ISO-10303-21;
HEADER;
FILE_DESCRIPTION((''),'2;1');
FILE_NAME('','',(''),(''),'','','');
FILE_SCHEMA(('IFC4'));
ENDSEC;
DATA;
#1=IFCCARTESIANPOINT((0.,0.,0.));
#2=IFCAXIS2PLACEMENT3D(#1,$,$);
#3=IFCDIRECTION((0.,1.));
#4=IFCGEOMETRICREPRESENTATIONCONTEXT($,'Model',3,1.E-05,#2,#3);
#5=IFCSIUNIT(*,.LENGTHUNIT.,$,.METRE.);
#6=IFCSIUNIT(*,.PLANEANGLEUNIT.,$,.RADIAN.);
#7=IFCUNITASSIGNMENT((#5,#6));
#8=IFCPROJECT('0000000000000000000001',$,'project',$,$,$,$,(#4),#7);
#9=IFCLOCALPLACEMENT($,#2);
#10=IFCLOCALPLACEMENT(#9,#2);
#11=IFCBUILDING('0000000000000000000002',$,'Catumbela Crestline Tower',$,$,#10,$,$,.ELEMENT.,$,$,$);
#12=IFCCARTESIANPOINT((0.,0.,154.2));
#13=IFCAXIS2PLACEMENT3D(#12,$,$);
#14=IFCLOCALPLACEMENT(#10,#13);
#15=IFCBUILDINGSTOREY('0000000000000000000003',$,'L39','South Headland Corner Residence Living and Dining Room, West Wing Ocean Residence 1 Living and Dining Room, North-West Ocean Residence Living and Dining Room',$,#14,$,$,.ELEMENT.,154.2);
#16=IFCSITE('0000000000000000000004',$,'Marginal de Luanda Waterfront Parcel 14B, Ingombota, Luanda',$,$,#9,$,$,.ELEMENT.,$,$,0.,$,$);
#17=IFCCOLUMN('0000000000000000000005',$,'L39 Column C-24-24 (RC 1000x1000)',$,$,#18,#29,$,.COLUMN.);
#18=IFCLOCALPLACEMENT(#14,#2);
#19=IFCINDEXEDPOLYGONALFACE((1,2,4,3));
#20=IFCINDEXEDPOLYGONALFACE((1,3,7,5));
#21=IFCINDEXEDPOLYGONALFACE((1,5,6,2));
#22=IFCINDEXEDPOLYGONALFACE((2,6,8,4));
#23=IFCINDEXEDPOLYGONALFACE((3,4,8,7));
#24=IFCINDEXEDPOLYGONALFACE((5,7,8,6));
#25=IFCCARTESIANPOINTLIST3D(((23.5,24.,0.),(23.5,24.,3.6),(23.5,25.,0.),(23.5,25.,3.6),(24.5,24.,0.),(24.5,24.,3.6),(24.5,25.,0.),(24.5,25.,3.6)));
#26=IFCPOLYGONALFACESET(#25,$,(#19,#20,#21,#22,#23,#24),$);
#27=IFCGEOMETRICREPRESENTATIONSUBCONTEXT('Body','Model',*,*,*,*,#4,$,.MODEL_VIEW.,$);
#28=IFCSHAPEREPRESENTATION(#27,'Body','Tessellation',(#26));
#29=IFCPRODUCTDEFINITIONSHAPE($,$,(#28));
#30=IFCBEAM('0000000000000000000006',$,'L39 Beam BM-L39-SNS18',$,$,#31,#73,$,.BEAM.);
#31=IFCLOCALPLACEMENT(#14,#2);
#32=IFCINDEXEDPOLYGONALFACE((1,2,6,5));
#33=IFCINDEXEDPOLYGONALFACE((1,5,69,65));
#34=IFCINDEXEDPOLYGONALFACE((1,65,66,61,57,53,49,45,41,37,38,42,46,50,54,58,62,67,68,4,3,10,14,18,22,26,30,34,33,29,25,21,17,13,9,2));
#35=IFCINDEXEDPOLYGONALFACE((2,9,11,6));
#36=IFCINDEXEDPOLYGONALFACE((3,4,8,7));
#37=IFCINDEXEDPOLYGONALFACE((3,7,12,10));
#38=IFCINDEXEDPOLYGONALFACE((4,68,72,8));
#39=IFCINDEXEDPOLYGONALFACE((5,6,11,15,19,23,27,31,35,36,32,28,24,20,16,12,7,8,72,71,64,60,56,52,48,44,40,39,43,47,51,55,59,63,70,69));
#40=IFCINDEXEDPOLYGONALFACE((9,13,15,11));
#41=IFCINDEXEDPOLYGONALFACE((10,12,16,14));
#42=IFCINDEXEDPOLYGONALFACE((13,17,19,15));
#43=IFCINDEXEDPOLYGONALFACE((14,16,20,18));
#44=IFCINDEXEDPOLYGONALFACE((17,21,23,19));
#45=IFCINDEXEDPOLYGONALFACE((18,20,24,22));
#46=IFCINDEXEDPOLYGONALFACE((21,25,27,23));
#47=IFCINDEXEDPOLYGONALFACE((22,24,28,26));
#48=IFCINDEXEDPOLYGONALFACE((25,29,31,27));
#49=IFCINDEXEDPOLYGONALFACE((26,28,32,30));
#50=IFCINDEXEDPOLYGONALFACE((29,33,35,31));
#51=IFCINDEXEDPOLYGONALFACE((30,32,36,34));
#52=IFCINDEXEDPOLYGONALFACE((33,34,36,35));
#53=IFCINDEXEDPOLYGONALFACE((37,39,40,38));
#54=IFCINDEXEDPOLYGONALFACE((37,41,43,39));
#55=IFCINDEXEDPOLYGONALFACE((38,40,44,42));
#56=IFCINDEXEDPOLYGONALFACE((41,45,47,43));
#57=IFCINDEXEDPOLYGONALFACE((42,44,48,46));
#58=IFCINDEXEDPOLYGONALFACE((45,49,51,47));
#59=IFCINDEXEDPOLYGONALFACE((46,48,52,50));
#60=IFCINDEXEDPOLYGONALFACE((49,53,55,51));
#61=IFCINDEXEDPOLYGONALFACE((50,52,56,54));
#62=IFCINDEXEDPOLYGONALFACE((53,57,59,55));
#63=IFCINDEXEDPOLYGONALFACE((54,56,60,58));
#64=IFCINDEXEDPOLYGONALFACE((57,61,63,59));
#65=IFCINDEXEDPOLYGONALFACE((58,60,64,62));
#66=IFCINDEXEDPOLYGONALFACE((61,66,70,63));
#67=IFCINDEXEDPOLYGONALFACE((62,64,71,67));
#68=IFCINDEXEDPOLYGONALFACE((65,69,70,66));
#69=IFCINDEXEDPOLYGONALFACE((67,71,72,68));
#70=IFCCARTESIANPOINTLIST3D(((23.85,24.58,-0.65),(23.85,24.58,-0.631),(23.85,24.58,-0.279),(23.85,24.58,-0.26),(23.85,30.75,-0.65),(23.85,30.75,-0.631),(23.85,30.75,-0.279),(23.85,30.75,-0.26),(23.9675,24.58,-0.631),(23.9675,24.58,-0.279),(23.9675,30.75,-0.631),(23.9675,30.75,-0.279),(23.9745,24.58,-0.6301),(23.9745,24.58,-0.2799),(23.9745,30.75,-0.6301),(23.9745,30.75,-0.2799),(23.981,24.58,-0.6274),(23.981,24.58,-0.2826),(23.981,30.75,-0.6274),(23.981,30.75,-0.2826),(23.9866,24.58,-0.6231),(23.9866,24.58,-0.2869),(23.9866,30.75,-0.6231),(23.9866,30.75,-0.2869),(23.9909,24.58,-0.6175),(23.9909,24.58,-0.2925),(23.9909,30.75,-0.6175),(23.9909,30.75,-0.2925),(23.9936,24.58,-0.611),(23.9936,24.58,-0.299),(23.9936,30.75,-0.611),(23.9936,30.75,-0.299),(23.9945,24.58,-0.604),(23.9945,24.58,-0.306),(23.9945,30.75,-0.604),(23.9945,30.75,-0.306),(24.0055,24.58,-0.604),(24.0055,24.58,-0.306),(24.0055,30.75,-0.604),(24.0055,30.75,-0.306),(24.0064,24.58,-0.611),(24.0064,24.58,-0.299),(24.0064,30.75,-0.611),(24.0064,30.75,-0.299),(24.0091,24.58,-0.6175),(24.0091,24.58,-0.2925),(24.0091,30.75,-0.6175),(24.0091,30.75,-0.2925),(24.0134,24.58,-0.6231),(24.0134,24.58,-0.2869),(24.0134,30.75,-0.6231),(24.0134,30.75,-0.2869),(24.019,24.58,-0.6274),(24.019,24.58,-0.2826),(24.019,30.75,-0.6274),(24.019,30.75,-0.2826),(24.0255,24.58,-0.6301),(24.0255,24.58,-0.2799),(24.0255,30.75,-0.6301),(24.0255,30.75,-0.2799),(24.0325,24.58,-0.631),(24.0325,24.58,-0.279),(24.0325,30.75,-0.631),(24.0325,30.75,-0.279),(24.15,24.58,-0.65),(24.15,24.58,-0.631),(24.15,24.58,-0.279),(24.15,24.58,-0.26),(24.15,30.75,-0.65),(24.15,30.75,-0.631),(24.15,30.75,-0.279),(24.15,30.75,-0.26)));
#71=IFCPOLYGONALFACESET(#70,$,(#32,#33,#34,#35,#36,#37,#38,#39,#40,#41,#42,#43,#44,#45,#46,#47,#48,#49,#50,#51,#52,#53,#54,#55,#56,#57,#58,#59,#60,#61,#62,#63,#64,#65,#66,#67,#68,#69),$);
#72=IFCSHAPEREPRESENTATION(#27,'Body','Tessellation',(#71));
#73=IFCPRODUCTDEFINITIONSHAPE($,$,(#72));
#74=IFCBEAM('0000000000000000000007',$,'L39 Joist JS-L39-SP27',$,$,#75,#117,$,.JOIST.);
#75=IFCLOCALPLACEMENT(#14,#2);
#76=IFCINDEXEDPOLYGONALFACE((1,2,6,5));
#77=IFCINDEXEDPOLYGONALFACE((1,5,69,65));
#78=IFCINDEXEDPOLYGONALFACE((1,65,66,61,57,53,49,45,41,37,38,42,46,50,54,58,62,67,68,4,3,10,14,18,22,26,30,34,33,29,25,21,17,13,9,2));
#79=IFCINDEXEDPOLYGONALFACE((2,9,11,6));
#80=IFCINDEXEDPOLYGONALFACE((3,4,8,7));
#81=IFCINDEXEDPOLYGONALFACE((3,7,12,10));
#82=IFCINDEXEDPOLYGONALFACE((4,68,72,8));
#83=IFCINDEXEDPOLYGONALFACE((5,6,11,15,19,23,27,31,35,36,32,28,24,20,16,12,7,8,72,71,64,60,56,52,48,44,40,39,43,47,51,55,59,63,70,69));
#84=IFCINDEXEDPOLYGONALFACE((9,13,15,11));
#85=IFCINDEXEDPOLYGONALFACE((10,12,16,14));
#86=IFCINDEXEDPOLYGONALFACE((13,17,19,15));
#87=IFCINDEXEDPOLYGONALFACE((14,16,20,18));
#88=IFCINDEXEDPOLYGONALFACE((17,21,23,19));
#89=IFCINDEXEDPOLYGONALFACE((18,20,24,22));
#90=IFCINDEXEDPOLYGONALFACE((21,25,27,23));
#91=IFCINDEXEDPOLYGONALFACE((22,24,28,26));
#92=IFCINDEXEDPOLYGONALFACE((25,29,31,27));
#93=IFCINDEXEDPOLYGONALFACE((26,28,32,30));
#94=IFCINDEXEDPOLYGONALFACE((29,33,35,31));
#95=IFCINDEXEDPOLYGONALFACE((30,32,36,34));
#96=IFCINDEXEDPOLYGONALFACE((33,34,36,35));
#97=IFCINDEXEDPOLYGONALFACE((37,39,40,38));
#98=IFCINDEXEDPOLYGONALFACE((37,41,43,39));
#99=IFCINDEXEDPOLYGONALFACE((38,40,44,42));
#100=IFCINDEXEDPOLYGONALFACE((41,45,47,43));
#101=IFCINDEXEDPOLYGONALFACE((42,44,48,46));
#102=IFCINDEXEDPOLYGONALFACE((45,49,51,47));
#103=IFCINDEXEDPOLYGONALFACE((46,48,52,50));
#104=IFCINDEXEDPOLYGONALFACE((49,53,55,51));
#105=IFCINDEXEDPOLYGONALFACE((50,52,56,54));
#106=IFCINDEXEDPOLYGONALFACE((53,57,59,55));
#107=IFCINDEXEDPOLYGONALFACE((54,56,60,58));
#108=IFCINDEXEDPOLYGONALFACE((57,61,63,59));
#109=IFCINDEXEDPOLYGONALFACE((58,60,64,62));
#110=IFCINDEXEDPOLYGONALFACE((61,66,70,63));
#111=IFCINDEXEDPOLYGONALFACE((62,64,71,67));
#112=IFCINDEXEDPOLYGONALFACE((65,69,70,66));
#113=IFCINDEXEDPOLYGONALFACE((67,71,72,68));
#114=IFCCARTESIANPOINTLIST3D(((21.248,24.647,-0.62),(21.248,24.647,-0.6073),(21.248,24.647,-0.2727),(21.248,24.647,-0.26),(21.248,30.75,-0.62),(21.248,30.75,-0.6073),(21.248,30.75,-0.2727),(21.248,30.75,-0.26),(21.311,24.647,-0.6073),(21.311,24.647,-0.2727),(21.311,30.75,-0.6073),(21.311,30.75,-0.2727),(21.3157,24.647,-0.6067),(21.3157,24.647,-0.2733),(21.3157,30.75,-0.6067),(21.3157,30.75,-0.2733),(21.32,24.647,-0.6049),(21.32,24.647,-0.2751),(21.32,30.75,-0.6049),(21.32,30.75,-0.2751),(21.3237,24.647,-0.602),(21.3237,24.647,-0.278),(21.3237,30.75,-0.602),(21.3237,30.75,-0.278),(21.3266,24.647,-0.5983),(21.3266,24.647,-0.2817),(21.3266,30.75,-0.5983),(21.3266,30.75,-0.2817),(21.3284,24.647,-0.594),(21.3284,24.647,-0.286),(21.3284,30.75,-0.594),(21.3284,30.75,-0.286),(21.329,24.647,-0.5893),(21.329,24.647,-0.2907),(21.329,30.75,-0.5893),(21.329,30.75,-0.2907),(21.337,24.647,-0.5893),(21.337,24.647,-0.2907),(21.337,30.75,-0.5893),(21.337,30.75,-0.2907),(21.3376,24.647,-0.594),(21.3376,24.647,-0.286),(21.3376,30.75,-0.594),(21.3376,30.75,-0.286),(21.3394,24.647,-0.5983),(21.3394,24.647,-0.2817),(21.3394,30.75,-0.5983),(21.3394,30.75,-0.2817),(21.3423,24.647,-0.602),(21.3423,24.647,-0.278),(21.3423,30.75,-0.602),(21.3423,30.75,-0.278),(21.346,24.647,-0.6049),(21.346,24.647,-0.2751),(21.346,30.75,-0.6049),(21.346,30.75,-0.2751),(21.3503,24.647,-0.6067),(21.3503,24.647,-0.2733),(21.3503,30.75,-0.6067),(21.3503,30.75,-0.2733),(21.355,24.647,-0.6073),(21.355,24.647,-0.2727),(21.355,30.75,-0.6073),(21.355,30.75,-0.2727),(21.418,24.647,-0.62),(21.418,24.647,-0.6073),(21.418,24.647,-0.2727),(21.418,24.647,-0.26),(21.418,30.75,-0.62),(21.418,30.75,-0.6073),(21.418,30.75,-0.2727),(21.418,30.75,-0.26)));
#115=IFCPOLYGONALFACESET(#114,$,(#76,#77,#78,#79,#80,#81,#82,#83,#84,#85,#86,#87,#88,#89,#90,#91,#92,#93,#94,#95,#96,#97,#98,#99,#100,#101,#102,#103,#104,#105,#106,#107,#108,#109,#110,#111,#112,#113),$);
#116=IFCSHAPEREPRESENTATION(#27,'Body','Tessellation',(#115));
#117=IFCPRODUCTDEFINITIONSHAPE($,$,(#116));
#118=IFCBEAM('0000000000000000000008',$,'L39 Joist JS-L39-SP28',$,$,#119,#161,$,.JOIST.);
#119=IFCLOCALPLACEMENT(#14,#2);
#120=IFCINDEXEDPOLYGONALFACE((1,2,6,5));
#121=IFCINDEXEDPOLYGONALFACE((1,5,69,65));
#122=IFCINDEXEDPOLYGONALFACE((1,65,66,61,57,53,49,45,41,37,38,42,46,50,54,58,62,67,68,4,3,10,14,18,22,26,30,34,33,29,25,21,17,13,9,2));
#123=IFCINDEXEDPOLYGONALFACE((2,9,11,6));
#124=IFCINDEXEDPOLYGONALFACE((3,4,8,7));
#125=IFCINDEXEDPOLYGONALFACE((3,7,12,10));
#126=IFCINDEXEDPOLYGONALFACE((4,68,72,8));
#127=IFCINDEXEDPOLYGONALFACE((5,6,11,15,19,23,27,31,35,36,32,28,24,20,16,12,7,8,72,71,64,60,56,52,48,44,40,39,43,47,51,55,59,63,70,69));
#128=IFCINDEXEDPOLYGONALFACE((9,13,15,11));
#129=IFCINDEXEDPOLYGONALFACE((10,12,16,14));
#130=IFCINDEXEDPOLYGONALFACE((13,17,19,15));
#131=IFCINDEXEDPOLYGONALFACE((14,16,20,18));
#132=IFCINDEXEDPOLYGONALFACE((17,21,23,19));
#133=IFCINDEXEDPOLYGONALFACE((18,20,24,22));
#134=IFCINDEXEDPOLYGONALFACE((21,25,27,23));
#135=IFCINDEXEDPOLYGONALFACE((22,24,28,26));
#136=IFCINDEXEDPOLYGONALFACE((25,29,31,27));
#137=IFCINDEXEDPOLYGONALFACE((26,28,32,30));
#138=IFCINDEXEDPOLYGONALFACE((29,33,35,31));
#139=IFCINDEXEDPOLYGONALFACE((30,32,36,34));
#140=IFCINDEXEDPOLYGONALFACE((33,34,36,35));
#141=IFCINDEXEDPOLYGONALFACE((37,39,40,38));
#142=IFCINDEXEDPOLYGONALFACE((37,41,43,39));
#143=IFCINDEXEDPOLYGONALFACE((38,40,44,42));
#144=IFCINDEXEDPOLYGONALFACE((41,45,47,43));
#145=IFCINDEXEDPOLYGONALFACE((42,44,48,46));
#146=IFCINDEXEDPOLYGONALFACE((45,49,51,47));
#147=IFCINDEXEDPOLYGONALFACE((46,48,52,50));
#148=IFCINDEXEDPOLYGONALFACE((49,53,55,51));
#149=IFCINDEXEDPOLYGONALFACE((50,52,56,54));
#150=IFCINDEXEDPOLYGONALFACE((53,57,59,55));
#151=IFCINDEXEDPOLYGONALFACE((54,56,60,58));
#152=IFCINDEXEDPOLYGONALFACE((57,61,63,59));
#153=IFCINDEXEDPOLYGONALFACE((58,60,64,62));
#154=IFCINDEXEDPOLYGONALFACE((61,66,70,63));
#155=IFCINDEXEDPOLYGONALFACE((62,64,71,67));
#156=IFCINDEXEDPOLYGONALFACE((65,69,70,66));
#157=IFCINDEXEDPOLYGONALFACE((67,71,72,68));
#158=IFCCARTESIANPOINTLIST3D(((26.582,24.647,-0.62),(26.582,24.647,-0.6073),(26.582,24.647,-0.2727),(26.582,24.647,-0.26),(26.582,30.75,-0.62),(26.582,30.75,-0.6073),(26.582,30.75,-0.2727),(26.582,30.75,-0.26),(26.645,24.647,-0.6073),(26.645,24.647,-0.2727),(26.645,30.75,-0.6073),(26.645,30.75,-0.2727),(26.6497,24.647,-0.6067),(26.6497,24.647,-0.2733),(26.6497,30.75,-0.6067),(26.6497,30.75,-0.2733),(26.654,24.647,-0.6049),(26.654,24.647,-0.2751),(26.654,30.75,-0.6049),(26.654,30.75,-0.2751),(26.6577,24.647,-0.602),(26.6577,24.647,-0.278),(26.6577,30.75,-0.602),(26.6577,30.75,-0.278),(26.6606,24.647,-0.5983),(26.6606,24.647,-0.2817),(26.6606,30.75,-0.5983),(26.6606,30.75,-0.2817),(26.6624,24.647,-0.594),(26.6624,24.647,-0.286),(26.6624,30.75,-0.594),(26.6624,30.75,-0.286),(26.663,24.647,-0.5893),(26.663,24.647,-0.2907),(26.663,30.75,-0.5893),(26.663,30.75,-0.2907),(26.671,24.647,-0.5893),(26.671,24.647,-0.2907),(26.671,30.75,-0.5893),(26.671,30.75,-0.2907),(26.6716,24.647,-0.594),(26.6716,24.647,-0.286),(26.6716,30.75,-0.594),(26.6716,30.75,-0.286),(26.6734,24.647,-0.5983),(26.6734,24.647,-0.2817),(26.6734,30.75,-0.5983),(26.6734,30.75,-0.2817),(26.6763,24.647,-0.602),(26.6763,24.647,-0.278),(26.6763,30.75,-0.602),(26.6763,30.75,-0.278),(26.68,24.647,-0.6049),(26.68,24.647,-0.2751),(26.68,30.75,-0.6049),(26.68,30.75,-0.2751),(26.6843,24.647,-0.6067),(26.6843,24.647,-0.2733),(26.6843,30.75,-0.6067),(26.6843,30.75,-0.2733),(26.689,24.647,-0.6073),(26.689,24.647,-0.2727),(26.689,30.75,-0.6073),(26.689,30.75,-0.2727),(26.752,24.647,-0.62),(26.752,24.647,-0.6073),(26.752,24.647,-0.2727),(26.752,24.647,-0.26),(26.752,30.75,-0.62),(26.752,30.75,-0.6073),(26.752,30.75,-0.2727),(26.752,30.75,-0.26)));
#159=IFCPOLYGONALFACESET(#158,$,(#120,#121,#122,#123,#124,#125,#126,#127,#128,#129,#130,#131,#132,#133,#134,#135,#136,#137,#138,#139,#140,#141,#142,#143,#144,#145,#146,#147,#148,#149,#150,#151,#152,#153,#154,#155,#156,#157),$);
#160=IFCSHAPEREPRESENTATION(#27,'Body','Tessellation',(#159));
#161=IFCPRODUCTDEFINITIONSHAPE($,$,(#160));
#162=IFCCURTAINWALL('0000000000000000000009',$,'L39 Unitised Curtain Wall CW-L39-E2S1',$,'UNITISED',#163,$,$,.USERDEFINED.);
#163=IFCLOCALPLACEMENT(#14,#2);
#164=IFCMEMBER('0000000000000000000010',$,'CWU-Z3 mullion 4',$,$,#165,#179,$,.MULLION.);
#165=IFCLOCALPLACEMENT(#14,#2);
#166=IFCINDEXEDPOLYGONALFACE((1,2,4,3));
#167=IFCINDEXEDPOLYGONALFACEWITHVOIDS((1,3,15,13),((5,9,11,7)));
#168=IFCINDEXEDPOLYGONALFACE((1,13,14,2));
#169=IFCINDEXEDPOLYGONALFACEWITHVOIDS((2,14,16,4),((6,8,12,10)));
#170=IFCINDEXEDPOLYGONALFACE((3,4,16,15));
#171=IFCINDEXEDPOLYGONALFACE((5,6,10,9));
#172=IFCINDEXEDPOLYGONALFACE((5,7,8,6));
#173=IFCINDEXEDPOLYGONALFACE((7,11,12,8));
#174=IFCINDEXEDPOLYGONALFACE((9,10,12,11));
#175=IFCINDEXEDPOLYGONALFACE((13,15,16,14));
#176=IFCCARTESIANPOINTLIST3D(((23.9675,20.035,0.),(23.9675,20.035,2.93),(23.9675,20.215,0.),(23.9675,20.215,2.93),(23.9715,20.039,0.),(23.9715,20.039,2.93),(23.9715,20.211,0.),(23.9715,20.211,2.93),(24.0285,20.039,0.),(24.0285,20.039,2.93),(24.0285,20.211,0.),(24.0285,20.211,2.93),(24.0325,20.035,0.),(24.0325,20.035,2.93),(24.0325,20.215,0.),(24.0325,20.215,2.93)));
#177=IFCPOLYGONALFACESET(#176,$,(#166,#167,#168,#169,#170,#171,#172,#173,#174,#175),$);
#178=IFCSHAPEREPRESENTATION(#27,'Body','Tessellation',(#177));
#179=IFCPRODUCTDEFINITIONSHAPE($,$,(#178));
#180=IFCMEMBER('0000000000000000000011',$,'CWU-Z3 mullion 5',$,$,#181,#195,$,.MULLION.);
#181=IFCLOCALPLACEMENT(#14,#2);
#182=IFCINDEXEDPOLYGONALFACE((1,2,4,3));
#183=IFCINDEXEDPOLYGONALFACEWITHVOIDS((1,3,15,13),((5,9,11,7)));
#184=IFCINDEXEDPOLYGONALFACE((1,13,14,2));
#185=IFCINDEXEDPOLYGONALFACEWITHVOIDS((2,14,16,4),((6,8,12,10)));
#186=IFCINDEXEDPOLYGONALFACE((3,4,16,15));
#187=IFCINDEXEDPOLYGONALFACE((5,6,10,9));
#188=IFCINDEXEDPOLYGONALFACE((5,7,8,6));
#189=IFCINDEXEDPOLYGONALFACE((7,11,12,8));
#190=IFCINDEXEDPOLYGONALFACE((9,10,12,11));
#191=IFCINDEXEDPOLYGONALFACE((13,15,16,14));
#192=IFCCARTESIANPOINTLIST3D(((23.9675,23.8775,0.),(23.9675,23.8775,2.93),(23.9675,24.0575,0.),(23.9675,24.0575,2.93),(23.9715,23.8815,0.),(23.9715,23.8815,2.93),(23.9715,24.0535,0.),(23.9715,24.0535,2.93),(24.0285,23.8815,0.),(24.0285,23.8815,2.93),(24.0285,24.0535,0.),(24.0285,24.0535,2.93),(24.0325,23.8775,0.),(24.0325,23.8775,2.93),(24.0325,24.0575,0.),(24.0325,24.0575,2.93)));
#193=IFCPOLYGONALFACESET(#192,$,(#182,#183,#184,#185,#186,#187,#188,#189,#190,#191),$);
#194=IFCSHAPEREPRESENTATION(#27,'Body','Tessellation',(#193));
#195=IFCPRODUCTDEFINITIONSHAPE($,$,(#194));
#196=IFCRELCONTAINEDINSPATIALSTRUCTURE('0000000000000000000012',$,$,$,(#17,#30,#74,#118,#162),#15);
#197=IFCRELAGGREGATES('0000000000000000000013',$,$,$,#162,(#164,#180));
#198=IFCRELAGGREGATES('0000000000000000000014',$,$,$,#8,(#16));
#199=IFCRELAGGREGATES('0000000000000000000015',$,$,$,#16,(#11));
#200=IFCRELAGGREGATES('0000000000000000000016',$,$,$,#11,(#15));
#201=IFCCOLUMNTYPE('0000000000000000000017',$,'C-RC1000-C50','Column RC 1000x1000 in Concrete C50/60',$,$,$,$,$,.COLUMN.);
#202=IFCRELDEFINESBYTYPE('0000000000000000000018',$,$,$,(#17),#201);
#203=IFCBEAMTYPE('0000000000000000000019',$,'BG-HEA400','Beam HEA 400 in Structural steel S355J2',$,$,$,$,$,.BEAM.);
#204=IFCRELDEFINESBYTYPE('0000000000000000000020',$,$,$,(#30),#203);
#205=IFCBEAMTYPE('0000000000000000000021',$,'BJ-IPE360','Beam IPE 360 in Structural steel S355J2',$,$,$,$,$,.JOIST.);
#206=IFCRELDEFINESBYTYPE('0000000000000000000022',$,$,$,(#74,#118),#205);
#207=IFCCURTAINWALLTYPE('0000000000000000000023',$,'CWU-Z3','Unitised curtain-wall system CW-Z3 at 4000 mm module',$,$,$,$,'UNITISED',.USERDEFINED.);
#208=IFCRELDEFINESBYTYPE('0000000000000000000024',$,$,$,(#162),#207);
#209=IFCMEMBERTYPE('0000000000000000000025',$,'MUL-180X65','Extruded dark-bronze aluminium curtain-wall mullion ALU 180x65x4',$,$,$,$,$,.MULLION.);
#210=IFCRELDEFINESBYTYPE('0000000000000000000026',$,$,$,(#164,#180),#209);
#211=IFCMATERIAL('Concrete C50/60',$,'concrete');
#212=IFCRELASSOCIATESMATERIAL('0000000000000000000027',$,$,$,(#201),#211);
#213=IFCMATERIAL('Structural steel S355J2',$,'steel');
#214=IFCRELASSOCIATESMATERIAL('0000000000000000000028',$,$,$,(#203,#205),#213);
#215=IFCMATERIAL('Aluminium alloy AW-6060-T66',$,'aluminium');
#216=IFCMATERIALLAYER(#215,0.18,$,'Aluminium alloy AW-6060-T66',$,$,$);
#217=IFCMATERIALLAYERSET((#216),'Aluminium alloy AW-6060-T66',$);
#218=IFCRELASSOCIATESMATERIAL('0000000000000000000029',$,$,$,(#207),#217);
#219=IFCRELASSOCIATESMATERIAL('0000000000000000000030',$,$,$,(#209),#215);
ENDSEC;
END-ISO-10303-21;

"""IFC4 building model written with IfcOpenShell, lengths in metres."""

from ifc_helpers import new_model, si_unit, direction, frame, origin, origin_2d, place, context, subcontext, project, spatial, rectangle, hollow_rectangle, i_section, extrude, material, layer, layer_set, material_profile, profile_set, type_object, element, aggregate, save


model = new_model("IFC4")

# Units and contexts
model_context = context("Model", 3, precision=1e-05, world=origin(), true_north=direction((0.0, 1.0)))
body_context = subcontext(model_context, "Body", "Model", "MODEL_VIEW")
ifc_project = project(units=[si_unit("LENGTHUNIT", "METRE"), si_unit("PLANEANGLEUNIT", "RADIAN")], contexts=[model_context])

# Site, building, storey
site_placement = place(None, origin())
site = spatial("IfcSite", under=ifc_project, at=site_placement, Name="Marginal de Luanda Waterfront Parcel 14B, Ingombota, Luanda", CompositionType="ELEMENT", RefElevation=0.0)
building_placement = place(site_placement, origin())
building = spatial("IfcBuilding", under=site, at=building_placement, Name="Catumbela Crestline Tower", CompositionType="ELEMENT")
storey_placement = place(building_placement, frame((0.0, 0.0, 154.2)))
storey = spatial("IfcBuildingStorey", under=building, at=storey_placement, Name="L39", Description="South Headland Corner Residence Living and Dining Room, West Wing Ocean Residence 1 Living and Dining Room, North-West Ocean Residence Living and Dining Room", CompositionType="ELEMENT", Elevation=154.2)

# Column
ifc_material_1 = material(Name="Concrete C50/60", Category="concrete")
ifc_material_profile_1 = material_profile(ifc_material_1, rectangle(XDim=1.0, YDim=1.0, at=origin_2d()), Name="RC 1000x1000")
ifc_profile_set_1 = profile_set([ifc_material_profile_1], Name="Concrete C50/60")
column_type = type_object("IfcColumnType", Name="C-RC1000-C50", Description="Column RC 1000x1000 in Concrete C50/60", PredefinedType="COLUMN", material=ifc_profile_set_1)
column_placement = place(storey_placement, frame((24.0, 24.5, 0.0), z_axis=(0.0, 0.0, 1.0), x_axis=(1.0, 0.0, 0.0)))
element("IfcColumn", 1, at=column_placement, inside=storey, type_object=column_type, Name="L39 Column C-24-24 (RC 1000x1000)", PredefinedType="COLUMN", context=body_context, shape_type="SweptSolid", body=[
    extrude(rectangle(XDim=1.0, YDim=1.0, at=origin_2d()), origin(), (0.0, 0.0, 1.0), 3.6),
])

# Beams
ifc_material_2 = material(Name="Structural steel S355J2", Category="steel")
ifc_material_profile_2 = material_profile(ifc_material_2, i_section(OverallWidth=0.3, OverallDepth=0.39, WebThickness=0.011, FlangeThickness=0.019, FilletRadius=0.027, at=origin_2d()), Name="HEA 400")
ifc_profile_set_2 = profile_set([ifc_material_profile_2], Name="Structural steel S355J2")
beam_type_1 = type_object("IfcBeamType", Name="BG-HEA400", Description="Beam HEA 400 in Structural steel S355J2", PredefinedType="BEAM", material=ifc_profile_set_2)
beam_1_placement = place(storey_placement, frame((24.0, 24.58, -0.455), z_axis=(0.0, 1.0, 0.0), x_axis=(-1.0, 0.0, 0.0)))
element("IfcBeam", 2, at=beam_1_placement, inside=storey, type_object=beam_type_1, Name="L39 Beam BM-L39-SNS18", PredefinedType="BEAM", context=body_context, shape_type="SweptSolid", body=[
    extrude(i_section(OverallWidth=0.3, OverallDepth=0.39, WebThickness=0.011, FlangeThickness=0.019, FilletRadius=0.027, at=origin_2d()), origin(), (0.0, 0.0, 1.0), 6.17),
])
ifc_material_profile_3 = material_profile(ifc_material_2, i_section(OverallWidth=0.17, OverallDepth=0.36, WebThickness=0.008, FlangeThickness=0.0127, FilletRadius=0.018, at=origin_2d()), Name="IPE 360")
ifc_profile_set_3 = profile_set([ifc_material_profile_3], Name="Structural steel S355J2")
beam_type_2 = type_object("IfcBeamType", Name="BJ-IPE360", Description="Beam IPE 360 in Structural steel S355J2", PredefinedType="JOIST", material=ifc_profile_set_3)
for number, where, z_axis, x_axis, name in (
    (3, (21.333, 24.647, -0.44), (0.0, 1.0, 0.0), (-1.0, 0.0, 0.0), "L39 Joist JS-L39-SP27"),
    (4, (26.667, 24.647, -0.44), (0.0, 1.0, 0.0), (-1.0, 0.0, 0.0), "L39 Joist JS-L39-SP28"),
):
    element("IfcBeam", number, at=place(storey_placement, frame(where, z_axis=z_axis, x_axis=x_axis)), inside=storey, type_object=beam_type_2, Name=name, PredefinedType="JOIST", context=body_context, shape_type="SweptSolid", body=[
        extrude(i_section(OverallWidth=0.17, OverallDepth=0.36, WebThickness=0.008, FlangeThickness=0.0127, FilletRadius=0.018, at=origin_2d()), origin(), (0.0, 0.0, 1.0), 6.103),
    ])

# Curtain wall, members
ifc_material_3 = material(Name="Aluminium alloy AW-6060-T66", Category="aluminium")
ifc_layer_1 = layer(ifc_material_3, 0.18, Name="Aluminium alloy AW-6060-T66")
ifc_layer_set_1 = layer_set([ifc_layer_1], Name="Aluminium alloy AW-6060-T66")
curtain_wall_type = type_object("IfcCurtainWallType", Name="CWU-Z3", Description="Unitised curtain-wall system CW-Z3 at 4000 mm module", ElementType="UNITISED", PredefinedType="USERDEFINED", material=ifc_layer_set_1)
curtain_wall_1_placement = place(storey_placement, origin())
curtain_wall_1 = element("IfcCurtainWall", 5, at=curtain_wall_1_placement, inside=storey, type_object=curtain_wall_type, Name="L39 Unitised Curtain Wall CW-L39-E2S1", ObjectType="UNITISED", PredefinedType="USERDEFINED")
ifc_material_profile_4 = material_profile(ifc_material_3, hollow_rectangle(XDim=0.065, YDim=0.18, WallThickness=0.004, at=origin_2d()), Name="ALU 180x65x4")
ifc_profile_set_4 = profile_set([ifc_material_profile_4], Name="Aluminium alloy AW-6060-T66")
member_type_1 = type_object("IfcMemberType", Name="MUL-180X65", Description="Extruded dark-bronze aluminium curtain-wall mullion ALU 180x65x4", PredefinedType="MULLION", material=ifc_profile_set_4)
member_1_placement = place(storey_placement, frame((24.0, 20.125, 0.0), z_axis=(0.0, 0.0, 1.0), x_axis=(-1.0, 0.0, 0.0)))
member_1 = element("IfcMember", 6, at=member_1_placement, type_object=member_type_1, Name="CWU-Z3 mullion 4", PredefinedType="MULLION", context=body_context, shape_type="SweptSolid", body=[
    extrude(hollow_rectangle(XDim=0.065, YDim=0.18, WallThickness=0.004, at=origin_2d()), origin(), (0.0, 0.0, 1.0), 2.93),
])
member_2_placement = place(storey_placement, frame((24.0, 23.9675, 0.0), z_axis=(0.0, 0.0, 1.0), x_axis=(-1.0, 0.0, 0.0)))
member_2 = element("IfcMember", 7, at=member_2_placement, type_object=member_type_1, Name="CWU-Z3 mullion 5", PredefinedType="MULLION", context=body_context, shape_type="SweptSolid", body=[
    extrude(hollow_rectangle(XDim=0.065, YDim=0.18, WallThickness=0.004, at=origin_2d()), origin(), (0.0, 0.0, 1.0), 2.93),
])

aggregate(curtain_wall_1, [member_1, member_2])

save(model, "model.ifc")
